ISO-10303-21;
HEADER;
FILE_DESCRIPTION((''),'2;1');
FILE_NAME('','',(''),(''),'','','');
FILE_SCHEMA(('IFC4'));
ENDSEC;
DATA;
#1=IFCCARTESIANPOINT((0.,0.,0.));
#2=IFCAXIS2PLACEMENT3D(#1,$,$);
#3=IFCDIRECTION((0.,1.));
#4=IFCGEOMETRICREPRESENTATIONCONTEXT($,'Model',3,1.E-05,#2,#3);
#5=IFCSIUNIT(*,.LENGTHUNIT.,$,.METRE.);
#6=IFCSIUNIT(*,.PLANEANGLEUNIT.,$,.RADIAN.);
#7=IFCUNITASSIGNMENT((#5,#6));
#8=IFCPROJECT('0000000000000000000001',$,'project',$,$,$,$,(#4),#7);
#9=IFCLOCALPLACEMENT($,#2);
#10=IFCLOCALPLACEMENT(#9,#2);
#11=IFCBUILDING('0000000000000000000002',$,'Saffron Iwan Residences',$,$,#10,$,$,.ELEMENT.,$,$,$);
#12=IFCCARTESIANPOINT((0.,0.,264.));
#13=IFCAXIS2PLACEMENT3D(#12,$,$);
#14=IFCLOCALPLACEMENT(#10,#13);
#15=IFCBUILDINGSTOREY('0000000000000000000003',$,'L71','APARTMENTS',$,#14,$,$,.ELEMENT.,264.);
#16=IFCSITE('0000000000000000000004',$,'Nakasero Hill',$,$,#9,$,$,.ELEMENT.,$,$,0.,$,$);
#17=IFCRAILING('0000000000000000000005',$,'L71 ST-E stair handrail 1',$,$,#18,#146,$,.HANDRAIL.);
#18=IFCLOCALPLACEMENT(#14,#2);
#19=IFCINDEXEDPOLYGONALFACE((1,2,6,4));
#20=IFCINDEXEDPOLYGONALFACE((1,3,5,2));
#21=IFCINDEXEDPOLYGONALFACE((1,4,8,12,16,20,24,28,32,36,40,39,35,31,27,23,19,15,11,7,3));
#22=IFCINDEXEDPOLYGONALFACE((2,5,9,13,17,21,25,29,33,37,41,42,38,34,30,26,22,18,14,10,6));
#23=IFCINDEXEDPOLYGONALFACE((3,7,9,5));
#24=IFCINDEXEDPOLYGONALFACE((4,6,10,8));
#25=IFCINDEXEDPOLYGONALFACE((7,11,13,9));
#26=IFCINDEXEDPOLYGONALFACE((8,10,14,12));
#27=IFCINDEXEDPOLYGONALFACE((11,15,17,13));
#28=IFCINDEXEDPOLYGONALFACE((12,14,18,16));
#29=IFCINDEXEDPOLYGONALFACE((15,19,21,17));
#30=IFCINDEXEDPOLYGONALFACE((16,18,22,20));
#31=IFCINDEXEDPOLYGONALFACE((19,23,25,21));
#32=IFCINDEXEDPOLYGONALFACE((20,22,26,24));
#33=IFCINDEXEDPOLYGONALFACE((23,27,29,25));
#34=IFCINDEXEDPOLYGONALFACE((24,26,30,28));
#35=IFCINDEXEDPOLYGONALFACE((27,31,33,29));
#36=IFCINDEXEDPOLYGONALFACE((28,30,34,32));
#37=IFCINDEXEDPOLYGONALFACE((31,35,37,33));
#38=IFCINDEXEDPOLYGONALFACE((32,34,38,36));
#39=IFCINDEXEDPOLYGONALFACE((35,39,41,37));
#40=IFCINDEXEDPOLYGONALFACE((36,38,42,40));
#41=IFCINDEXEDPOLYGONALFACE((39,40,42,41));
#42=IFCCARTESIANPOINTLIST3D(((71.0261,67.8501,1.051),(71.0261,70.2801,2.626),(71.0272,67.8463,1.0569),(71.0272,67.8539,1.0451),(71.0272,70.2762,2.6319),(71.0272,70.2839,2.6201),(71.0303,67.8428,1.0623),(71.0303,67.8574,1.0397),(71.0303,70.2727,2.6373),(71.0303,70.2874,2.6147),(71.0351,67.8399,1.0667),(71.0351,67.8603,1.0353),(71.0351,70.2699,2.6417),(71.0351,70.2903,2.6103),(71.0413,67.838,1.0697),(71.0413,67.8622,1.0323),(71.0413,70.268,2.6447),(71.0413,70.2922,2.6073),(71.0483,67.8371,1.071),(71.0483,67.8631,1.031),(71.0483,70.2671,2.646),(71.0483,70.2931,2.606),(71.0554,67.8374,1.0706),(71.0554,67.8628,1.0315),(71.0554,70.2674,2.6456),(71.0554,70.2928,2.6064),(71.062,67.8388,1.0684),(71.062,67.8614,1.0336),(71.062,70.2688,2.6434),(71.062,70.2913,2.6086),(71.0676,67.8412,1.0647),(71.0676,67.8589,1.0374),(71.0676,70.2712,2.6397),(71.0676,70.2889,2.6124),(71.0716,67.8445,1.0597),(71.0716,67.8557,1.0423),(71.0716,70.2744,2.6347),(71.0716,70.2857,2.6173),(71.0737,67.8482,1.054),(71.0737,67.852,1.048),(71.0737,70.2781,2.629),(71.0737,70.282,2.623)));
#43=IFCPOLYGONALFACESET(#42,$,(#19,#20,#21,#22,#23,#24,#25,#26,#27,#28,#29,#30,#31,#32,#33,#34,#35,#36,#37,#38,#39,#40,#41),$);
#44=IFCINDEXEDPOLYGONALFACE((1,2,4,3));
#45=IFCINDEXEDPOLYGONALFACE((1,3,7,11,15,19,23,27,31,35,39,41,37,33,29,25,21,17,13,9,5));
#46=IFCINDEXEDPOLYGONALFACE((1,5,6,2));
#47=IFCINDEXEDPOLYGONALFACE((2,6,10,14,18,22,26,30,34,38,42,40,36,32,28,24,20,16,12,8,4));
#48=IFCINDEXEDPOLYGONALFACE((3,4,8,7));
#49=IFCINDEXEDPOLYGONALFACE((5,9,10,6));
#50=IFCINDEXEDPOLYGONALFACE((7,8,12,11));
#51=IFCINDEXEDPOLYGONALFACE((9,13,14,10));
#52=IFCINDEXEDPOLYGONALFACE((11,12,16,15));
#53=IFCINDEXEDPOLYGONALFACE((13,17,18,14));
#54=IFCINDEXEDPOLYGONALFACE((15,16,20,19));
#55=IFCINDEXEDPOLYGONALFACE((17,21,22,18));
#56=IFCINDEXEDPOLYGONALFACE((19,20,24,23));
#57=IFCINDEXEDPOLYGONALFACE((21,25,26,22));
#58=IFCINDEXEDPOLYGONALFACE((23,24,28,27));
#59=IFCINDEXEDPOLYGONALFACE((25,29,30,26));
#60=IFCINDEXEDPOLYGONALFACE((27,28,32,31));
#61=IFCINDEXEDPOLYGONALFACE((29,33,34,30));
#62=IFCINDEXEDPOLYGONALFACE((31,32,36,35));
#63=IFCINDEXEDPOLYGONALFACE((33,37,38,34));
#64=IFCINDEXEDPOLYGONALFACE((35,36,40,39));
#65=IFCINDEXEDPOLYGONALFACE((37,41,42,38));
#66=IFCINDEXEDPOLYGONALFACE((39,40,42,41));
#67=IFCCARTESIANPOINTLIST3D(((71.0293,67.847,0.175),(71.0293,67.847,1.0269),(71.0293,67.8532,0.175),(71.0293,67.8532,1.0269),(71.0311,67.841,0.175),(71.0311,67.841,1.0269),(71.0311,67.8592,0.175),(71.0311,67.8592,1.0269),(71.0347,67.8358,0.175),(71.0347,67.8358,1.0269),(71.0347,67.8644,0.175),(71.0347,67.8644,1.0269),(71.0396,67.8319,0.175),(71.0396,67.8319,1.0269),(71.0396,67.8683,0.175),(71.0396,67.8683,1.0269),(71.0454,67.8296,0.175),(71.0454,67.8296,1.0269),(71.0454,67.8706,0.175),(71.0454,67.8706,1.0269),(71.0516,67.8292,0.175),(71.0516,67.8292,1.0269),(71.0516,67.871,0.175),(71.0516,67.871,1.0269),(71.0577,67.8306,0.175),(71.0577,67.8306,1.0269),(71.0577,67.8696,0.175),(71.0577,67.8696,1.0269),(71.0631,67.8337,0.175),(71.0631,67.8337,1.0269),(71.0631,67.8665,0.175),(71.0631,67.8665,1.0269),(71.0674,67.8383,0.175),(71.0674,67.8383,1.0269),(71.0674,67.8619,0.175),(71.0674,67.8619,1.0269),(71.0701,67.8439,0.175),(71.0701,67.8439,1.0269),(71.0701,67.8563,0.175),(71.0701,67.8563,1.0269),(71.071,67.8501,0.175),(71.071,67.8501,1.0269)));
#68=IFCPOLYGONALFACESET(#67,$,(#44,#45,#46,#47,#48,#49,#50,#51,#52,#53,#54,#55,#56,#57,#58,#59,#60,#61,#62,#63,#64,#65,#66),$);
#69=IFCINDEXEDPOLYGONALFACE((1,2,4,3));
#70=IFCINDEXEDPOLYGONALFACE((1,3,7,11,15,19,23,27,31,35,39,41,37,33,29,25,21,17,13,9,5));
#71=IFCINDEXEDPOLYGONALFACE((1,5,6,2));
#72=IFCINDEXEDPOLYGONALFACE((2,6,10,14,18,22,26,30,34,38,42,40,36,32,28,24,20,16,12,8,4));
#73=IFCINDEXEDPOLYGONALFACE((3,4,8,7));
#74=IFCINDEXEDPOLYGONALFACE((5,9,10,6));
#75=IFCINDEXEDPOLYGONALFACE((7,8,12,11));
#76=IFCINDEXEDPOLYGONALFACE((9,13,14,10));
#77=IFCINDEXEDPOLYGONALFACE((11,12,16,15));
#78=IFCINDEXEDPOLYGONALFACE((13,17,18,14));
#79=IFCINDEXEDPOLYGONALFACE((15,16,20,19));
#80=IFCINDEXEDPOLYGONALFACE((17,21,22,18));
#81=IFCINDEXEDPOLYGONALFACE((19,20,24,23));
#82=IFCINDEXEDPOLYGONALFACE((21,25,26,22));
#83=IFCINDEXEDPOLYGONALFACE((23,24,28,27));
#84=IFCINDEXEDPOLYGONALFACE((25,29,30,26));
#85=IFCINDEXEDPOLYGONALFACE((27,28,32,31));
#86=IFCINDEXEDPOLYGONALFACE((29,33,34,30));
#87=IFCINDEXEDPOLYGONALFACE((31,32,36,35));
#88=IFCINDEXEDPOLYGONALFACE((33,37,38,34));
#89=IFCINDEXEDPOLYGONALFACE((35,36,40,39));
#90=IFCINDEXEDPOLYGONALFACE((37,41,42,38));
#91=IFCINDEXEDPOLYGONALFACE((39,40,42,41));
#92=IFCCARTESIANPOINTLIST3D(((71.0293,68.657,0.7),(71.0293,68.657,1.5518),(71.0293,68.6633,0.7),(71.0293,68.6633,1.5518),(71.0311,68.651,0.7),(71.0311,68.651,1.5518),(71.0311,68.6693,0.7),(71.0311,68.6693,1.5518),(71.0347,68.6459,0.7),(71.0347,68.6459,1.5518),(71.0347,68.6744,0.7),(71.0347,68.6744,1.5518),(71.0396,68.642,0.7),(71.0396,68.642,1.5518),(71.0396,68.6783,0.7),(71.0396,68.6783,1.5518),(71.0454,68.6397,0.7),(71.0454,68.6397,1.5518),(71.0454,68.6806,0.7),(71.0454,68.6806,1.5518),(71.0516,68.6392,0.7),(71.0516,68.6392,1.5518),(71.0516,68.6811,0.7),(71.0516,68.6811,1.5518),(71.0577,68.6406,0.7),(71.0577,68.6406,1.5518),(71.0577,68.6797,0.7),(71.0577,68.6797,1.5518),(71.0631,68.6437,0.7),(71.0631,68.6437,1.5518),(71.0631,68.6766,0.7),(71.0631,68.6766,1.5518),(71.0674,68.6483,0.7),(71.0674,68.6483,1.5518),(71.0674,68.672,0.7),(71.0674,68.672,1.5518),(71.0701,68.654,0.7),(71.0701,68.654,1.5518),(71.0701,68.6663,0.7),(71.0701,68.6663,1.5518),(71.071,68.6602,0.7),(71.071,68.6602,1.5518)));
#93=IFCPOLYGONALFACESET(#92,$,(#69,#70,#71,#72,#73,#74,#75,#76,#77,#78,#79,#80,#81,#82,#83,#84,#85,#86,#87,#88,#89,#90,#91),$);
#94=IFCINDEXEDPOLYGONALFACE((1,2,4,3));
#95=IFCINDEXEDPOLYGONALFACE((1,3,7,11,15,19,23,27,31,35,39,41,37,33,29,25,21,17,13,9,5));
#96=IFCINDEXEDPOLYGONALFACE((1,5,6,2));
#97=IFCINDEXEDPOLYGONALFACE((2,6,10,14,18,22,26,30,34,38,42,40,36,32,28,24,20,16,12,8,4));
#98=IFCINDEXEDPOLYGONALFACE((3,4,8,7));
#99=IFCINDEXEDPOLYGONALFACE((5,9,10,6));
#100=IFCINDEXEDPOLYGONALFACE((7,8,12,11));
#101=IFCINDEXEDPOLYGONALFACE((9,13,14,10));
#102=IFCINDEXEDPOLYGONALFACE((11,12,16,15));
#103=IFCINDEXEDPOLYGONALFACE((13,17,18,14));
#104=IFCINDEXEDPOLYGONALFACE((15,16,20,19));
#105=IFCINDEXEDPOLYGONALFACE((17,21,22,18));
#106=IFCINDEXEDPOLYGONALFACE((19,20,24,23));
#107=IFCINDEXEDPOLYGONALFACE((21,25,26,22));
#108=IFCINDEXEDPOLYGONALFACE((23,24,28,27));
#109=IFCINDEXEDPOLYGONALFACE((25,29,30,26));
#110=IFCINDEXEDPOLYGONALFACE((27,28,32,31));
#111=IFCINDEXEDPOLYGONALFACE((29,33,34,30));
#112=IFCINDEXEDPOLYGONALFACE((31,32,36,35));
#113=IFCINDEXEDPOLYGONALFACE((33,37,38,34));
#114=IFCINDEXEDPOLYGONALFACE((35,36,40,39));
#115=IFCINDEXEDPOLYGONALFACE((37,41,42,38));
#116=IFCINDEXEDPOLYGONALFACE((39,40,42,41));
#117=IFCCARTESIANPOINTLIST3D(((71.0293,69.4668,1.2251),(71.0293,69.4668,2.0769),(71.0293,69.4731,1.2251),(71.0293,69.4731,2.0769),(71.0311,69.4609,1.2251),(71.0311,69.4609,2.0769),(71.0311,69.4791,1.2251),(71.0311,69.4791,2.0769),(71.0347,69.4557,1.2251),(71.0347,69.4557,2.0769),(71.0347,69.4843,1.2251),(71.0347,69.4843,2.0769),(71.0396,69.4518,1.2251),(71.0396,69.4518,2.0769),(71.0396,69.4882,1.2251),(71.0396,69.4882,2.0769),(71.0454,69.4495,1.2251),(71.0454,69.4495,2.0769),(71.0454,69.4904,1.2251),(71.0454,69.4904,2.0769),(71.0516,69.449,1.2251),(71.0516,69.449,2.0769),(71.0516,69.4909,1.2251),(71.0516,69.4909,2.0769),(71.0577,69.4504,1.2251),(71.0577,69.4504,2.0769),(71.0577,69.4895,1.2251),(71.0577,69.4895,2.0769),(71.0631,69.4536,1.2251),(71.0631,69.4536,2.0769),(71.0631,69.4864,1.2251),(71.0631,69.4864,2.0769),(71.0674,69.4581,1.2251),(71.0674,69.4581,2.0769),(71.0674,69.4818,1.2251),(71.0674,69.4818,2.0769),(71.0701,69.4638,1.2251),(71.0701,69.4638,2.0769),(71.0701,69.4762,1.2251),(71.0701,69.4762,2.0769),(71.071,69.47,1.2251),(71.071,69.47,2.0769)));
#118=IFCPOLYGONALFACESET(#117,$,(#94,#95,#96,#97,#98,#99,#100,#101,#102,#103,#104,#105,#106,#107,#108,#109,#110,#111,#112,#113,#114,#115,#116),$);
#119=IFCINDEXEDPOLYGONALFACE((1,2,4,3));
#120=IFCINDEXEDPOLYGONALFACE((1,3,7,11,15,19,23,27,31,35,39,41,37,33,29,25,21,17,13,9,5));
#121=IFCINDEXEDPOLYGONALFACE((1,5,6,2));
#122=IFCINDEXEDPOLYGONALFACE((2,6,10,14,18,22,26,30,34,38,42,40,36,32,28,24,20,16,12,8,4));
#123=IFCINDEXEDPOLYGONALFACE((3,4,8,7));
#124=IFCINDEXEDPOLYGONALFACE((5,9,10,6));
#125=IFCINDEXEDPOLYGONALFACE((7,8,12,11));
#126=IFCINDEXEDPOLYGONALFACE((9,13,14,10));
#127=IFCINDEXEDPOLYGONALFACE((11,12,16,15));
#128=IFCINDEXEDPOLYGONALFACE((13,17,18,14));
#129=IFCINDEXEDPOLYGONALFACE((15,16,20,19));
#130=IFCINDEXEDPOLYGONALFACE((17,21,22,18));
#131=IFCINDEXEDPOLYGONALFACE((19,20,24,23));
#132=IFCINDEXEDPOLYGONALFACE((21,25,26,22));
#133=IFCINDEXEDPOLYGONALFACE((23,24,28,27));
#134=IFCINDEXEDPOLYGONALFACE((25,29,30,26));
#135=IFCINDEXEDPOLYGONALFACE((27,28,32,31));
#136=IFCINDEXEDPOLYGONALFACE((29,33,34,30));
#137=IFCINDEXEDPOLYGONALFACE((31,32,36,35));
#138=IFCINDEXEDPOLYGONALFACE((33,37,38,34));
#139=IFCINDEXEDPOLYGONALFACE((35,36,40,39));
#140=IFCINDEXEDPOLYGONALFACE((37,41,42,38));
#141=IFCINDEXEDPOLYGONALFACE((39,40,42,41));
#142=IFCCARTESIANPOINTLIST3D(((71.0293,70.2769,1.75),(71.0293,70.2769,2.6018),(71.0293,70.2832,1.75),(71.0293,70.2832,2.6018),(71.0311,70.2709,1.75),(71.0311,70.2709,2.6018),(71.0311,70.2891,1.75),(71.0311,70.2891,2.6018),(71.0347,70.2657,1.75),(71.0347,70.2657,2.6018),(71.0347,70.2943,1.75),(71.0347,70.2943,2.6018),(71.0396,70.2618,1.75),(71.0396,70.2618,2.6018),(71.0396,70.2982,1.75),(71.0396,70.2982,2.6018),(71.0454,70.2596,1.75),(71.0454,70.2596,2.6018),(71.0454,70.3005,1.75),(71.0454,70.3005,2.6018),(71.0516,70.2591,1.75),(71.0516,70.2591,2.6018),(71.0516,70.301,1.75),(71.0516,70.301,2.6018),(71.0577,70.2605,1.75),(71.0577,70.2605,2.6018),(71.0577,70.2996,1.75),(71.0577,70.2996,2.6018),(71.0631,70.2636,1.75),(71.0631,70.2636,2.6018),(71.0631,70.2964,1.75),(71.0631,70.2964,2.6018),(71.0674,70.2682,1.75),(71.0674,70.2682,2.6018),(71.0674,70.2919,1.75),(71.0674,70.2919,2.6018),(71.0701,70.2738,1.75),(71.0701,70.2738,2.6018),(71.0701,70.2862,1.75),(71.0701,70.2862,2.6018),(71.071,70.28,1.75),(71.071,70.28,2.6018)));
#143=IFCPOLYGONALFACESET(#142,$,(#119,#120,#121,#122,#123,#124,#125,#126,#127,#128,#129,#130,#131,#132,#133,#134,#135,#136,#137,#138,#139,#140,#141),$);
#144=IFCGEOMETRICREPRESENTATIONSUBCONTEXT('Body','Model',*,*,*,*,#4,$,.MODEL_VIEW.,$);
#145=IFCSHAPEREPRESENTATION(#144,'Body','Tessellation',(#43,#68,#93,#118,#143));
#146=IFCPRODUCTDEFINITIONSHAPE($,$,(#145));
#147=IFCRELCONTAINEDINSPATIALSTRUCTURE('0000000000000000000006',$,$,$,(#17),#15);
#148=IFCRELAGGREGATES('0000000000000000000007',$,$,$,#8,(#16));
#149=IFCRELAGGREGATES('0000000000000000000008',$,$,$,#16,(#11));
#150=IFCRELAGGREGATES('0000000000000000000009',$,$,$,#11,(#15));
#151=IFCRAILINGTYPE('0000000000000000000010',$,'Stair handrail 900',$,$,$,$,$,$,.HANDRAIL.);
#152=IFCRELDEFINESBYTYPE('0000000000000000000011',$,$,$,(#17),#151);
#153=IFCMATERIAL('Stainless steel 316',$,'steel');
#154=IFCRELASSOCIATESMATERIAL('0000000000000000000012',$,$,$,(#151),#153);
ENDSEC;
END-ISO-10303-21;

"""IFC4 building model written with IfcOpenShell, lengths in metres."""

from ifc_helpers import new_model, si_unit, direction, frame, origin, origin_2d, place, context, subcontext, project, spatial, circle, extrude, material, type_object, element, save


model = new_model("IFC4")

# Units and contexts
model_context = context("Model", 3, precision=1e-05, world=origin(), true_north=direction((0.0, 1.0)))
body_context = subcontext(model_context, "Body", "Model", "MODEL_VIEW")
ifc_project = project(units=[si_unit("LENGTHUNIT", "METRE"), si_unit("PLANEANGLEUNIT", "RADIAN")], contexts=[model_context])

# Site, building, storey
site_placement = place(None, origin())
site = spatial("IfcSite", under=ifc_project, at=site_placement, Name="Nakasero Hill", CompositionType="ELEMENT", RefElevation=0.0)
building_placement = place(site_placement, origin())
building = spatial("IfcBuilding", under=site, at=building_placement, Name="Saffron Iwan Residences", CompositionType="ELEMENT")
storey_placement = place(building_placement, frame((0.0, 0.0, 264.0)))
storey = spatial("IfcBuildingStorey", under=building, at=storey_placement, Name="L71", Description="APARTMENTS", CompositionType="ELEMENT", Elevation=264.0)

# Railing
ifc_material_1 = material(Name="Stainless steel 316", Category="steel")
railing_type_1 = type_object("IfcRailingType", Name="Stair handrail 900", PredefinedType="HANDRAIL", material=ifc_material_1)
railing_1_placement = place(storey_placement, frame((71.05, 67.8501, 0.175)))
element("IfcRailing", 1, at=railing_1_placement, inside=storey, type_object=railing_type_1, Name="L71 ST-E stair handrail 1", PredefinedType="HANDRAIL", context=body_context, shape_type="SweptSolid", body=[
    extrude(circle(Radius=0.0239, at=origin_2d()), frame((0.0, 0.0, 0.876), z_axis=(0.0, 0.839154, 0.543894), x_axis=(-1.0, 0.0, 0.0)), (0.0, 0.0, 1.0), 2.8958),
    extrude(circle(Radius=0.021, at=origin_2d()), origin(), (0.0, 0.0, 1.0), 0.8518),
    extrude(circle(Radius=0.021, at=origin_2d()), frame((0.0, 0.8101, 0.5249)), (0.0, 0.0, 1.0), 0.8518),
    extrude(circle(Radius=0.021, at=origin_2d()), frame((0.0, 1.6199, 1.05)), (0.0, 0.0, 1.0), 0.8518),
    extrude(circle(Radius=0.021, at=origin_2d()), frame((0.0, 2.4299, 1.575)), (0.0, 0.0, 1.0), 0.8518),
])

save(model, "model.ifc")
